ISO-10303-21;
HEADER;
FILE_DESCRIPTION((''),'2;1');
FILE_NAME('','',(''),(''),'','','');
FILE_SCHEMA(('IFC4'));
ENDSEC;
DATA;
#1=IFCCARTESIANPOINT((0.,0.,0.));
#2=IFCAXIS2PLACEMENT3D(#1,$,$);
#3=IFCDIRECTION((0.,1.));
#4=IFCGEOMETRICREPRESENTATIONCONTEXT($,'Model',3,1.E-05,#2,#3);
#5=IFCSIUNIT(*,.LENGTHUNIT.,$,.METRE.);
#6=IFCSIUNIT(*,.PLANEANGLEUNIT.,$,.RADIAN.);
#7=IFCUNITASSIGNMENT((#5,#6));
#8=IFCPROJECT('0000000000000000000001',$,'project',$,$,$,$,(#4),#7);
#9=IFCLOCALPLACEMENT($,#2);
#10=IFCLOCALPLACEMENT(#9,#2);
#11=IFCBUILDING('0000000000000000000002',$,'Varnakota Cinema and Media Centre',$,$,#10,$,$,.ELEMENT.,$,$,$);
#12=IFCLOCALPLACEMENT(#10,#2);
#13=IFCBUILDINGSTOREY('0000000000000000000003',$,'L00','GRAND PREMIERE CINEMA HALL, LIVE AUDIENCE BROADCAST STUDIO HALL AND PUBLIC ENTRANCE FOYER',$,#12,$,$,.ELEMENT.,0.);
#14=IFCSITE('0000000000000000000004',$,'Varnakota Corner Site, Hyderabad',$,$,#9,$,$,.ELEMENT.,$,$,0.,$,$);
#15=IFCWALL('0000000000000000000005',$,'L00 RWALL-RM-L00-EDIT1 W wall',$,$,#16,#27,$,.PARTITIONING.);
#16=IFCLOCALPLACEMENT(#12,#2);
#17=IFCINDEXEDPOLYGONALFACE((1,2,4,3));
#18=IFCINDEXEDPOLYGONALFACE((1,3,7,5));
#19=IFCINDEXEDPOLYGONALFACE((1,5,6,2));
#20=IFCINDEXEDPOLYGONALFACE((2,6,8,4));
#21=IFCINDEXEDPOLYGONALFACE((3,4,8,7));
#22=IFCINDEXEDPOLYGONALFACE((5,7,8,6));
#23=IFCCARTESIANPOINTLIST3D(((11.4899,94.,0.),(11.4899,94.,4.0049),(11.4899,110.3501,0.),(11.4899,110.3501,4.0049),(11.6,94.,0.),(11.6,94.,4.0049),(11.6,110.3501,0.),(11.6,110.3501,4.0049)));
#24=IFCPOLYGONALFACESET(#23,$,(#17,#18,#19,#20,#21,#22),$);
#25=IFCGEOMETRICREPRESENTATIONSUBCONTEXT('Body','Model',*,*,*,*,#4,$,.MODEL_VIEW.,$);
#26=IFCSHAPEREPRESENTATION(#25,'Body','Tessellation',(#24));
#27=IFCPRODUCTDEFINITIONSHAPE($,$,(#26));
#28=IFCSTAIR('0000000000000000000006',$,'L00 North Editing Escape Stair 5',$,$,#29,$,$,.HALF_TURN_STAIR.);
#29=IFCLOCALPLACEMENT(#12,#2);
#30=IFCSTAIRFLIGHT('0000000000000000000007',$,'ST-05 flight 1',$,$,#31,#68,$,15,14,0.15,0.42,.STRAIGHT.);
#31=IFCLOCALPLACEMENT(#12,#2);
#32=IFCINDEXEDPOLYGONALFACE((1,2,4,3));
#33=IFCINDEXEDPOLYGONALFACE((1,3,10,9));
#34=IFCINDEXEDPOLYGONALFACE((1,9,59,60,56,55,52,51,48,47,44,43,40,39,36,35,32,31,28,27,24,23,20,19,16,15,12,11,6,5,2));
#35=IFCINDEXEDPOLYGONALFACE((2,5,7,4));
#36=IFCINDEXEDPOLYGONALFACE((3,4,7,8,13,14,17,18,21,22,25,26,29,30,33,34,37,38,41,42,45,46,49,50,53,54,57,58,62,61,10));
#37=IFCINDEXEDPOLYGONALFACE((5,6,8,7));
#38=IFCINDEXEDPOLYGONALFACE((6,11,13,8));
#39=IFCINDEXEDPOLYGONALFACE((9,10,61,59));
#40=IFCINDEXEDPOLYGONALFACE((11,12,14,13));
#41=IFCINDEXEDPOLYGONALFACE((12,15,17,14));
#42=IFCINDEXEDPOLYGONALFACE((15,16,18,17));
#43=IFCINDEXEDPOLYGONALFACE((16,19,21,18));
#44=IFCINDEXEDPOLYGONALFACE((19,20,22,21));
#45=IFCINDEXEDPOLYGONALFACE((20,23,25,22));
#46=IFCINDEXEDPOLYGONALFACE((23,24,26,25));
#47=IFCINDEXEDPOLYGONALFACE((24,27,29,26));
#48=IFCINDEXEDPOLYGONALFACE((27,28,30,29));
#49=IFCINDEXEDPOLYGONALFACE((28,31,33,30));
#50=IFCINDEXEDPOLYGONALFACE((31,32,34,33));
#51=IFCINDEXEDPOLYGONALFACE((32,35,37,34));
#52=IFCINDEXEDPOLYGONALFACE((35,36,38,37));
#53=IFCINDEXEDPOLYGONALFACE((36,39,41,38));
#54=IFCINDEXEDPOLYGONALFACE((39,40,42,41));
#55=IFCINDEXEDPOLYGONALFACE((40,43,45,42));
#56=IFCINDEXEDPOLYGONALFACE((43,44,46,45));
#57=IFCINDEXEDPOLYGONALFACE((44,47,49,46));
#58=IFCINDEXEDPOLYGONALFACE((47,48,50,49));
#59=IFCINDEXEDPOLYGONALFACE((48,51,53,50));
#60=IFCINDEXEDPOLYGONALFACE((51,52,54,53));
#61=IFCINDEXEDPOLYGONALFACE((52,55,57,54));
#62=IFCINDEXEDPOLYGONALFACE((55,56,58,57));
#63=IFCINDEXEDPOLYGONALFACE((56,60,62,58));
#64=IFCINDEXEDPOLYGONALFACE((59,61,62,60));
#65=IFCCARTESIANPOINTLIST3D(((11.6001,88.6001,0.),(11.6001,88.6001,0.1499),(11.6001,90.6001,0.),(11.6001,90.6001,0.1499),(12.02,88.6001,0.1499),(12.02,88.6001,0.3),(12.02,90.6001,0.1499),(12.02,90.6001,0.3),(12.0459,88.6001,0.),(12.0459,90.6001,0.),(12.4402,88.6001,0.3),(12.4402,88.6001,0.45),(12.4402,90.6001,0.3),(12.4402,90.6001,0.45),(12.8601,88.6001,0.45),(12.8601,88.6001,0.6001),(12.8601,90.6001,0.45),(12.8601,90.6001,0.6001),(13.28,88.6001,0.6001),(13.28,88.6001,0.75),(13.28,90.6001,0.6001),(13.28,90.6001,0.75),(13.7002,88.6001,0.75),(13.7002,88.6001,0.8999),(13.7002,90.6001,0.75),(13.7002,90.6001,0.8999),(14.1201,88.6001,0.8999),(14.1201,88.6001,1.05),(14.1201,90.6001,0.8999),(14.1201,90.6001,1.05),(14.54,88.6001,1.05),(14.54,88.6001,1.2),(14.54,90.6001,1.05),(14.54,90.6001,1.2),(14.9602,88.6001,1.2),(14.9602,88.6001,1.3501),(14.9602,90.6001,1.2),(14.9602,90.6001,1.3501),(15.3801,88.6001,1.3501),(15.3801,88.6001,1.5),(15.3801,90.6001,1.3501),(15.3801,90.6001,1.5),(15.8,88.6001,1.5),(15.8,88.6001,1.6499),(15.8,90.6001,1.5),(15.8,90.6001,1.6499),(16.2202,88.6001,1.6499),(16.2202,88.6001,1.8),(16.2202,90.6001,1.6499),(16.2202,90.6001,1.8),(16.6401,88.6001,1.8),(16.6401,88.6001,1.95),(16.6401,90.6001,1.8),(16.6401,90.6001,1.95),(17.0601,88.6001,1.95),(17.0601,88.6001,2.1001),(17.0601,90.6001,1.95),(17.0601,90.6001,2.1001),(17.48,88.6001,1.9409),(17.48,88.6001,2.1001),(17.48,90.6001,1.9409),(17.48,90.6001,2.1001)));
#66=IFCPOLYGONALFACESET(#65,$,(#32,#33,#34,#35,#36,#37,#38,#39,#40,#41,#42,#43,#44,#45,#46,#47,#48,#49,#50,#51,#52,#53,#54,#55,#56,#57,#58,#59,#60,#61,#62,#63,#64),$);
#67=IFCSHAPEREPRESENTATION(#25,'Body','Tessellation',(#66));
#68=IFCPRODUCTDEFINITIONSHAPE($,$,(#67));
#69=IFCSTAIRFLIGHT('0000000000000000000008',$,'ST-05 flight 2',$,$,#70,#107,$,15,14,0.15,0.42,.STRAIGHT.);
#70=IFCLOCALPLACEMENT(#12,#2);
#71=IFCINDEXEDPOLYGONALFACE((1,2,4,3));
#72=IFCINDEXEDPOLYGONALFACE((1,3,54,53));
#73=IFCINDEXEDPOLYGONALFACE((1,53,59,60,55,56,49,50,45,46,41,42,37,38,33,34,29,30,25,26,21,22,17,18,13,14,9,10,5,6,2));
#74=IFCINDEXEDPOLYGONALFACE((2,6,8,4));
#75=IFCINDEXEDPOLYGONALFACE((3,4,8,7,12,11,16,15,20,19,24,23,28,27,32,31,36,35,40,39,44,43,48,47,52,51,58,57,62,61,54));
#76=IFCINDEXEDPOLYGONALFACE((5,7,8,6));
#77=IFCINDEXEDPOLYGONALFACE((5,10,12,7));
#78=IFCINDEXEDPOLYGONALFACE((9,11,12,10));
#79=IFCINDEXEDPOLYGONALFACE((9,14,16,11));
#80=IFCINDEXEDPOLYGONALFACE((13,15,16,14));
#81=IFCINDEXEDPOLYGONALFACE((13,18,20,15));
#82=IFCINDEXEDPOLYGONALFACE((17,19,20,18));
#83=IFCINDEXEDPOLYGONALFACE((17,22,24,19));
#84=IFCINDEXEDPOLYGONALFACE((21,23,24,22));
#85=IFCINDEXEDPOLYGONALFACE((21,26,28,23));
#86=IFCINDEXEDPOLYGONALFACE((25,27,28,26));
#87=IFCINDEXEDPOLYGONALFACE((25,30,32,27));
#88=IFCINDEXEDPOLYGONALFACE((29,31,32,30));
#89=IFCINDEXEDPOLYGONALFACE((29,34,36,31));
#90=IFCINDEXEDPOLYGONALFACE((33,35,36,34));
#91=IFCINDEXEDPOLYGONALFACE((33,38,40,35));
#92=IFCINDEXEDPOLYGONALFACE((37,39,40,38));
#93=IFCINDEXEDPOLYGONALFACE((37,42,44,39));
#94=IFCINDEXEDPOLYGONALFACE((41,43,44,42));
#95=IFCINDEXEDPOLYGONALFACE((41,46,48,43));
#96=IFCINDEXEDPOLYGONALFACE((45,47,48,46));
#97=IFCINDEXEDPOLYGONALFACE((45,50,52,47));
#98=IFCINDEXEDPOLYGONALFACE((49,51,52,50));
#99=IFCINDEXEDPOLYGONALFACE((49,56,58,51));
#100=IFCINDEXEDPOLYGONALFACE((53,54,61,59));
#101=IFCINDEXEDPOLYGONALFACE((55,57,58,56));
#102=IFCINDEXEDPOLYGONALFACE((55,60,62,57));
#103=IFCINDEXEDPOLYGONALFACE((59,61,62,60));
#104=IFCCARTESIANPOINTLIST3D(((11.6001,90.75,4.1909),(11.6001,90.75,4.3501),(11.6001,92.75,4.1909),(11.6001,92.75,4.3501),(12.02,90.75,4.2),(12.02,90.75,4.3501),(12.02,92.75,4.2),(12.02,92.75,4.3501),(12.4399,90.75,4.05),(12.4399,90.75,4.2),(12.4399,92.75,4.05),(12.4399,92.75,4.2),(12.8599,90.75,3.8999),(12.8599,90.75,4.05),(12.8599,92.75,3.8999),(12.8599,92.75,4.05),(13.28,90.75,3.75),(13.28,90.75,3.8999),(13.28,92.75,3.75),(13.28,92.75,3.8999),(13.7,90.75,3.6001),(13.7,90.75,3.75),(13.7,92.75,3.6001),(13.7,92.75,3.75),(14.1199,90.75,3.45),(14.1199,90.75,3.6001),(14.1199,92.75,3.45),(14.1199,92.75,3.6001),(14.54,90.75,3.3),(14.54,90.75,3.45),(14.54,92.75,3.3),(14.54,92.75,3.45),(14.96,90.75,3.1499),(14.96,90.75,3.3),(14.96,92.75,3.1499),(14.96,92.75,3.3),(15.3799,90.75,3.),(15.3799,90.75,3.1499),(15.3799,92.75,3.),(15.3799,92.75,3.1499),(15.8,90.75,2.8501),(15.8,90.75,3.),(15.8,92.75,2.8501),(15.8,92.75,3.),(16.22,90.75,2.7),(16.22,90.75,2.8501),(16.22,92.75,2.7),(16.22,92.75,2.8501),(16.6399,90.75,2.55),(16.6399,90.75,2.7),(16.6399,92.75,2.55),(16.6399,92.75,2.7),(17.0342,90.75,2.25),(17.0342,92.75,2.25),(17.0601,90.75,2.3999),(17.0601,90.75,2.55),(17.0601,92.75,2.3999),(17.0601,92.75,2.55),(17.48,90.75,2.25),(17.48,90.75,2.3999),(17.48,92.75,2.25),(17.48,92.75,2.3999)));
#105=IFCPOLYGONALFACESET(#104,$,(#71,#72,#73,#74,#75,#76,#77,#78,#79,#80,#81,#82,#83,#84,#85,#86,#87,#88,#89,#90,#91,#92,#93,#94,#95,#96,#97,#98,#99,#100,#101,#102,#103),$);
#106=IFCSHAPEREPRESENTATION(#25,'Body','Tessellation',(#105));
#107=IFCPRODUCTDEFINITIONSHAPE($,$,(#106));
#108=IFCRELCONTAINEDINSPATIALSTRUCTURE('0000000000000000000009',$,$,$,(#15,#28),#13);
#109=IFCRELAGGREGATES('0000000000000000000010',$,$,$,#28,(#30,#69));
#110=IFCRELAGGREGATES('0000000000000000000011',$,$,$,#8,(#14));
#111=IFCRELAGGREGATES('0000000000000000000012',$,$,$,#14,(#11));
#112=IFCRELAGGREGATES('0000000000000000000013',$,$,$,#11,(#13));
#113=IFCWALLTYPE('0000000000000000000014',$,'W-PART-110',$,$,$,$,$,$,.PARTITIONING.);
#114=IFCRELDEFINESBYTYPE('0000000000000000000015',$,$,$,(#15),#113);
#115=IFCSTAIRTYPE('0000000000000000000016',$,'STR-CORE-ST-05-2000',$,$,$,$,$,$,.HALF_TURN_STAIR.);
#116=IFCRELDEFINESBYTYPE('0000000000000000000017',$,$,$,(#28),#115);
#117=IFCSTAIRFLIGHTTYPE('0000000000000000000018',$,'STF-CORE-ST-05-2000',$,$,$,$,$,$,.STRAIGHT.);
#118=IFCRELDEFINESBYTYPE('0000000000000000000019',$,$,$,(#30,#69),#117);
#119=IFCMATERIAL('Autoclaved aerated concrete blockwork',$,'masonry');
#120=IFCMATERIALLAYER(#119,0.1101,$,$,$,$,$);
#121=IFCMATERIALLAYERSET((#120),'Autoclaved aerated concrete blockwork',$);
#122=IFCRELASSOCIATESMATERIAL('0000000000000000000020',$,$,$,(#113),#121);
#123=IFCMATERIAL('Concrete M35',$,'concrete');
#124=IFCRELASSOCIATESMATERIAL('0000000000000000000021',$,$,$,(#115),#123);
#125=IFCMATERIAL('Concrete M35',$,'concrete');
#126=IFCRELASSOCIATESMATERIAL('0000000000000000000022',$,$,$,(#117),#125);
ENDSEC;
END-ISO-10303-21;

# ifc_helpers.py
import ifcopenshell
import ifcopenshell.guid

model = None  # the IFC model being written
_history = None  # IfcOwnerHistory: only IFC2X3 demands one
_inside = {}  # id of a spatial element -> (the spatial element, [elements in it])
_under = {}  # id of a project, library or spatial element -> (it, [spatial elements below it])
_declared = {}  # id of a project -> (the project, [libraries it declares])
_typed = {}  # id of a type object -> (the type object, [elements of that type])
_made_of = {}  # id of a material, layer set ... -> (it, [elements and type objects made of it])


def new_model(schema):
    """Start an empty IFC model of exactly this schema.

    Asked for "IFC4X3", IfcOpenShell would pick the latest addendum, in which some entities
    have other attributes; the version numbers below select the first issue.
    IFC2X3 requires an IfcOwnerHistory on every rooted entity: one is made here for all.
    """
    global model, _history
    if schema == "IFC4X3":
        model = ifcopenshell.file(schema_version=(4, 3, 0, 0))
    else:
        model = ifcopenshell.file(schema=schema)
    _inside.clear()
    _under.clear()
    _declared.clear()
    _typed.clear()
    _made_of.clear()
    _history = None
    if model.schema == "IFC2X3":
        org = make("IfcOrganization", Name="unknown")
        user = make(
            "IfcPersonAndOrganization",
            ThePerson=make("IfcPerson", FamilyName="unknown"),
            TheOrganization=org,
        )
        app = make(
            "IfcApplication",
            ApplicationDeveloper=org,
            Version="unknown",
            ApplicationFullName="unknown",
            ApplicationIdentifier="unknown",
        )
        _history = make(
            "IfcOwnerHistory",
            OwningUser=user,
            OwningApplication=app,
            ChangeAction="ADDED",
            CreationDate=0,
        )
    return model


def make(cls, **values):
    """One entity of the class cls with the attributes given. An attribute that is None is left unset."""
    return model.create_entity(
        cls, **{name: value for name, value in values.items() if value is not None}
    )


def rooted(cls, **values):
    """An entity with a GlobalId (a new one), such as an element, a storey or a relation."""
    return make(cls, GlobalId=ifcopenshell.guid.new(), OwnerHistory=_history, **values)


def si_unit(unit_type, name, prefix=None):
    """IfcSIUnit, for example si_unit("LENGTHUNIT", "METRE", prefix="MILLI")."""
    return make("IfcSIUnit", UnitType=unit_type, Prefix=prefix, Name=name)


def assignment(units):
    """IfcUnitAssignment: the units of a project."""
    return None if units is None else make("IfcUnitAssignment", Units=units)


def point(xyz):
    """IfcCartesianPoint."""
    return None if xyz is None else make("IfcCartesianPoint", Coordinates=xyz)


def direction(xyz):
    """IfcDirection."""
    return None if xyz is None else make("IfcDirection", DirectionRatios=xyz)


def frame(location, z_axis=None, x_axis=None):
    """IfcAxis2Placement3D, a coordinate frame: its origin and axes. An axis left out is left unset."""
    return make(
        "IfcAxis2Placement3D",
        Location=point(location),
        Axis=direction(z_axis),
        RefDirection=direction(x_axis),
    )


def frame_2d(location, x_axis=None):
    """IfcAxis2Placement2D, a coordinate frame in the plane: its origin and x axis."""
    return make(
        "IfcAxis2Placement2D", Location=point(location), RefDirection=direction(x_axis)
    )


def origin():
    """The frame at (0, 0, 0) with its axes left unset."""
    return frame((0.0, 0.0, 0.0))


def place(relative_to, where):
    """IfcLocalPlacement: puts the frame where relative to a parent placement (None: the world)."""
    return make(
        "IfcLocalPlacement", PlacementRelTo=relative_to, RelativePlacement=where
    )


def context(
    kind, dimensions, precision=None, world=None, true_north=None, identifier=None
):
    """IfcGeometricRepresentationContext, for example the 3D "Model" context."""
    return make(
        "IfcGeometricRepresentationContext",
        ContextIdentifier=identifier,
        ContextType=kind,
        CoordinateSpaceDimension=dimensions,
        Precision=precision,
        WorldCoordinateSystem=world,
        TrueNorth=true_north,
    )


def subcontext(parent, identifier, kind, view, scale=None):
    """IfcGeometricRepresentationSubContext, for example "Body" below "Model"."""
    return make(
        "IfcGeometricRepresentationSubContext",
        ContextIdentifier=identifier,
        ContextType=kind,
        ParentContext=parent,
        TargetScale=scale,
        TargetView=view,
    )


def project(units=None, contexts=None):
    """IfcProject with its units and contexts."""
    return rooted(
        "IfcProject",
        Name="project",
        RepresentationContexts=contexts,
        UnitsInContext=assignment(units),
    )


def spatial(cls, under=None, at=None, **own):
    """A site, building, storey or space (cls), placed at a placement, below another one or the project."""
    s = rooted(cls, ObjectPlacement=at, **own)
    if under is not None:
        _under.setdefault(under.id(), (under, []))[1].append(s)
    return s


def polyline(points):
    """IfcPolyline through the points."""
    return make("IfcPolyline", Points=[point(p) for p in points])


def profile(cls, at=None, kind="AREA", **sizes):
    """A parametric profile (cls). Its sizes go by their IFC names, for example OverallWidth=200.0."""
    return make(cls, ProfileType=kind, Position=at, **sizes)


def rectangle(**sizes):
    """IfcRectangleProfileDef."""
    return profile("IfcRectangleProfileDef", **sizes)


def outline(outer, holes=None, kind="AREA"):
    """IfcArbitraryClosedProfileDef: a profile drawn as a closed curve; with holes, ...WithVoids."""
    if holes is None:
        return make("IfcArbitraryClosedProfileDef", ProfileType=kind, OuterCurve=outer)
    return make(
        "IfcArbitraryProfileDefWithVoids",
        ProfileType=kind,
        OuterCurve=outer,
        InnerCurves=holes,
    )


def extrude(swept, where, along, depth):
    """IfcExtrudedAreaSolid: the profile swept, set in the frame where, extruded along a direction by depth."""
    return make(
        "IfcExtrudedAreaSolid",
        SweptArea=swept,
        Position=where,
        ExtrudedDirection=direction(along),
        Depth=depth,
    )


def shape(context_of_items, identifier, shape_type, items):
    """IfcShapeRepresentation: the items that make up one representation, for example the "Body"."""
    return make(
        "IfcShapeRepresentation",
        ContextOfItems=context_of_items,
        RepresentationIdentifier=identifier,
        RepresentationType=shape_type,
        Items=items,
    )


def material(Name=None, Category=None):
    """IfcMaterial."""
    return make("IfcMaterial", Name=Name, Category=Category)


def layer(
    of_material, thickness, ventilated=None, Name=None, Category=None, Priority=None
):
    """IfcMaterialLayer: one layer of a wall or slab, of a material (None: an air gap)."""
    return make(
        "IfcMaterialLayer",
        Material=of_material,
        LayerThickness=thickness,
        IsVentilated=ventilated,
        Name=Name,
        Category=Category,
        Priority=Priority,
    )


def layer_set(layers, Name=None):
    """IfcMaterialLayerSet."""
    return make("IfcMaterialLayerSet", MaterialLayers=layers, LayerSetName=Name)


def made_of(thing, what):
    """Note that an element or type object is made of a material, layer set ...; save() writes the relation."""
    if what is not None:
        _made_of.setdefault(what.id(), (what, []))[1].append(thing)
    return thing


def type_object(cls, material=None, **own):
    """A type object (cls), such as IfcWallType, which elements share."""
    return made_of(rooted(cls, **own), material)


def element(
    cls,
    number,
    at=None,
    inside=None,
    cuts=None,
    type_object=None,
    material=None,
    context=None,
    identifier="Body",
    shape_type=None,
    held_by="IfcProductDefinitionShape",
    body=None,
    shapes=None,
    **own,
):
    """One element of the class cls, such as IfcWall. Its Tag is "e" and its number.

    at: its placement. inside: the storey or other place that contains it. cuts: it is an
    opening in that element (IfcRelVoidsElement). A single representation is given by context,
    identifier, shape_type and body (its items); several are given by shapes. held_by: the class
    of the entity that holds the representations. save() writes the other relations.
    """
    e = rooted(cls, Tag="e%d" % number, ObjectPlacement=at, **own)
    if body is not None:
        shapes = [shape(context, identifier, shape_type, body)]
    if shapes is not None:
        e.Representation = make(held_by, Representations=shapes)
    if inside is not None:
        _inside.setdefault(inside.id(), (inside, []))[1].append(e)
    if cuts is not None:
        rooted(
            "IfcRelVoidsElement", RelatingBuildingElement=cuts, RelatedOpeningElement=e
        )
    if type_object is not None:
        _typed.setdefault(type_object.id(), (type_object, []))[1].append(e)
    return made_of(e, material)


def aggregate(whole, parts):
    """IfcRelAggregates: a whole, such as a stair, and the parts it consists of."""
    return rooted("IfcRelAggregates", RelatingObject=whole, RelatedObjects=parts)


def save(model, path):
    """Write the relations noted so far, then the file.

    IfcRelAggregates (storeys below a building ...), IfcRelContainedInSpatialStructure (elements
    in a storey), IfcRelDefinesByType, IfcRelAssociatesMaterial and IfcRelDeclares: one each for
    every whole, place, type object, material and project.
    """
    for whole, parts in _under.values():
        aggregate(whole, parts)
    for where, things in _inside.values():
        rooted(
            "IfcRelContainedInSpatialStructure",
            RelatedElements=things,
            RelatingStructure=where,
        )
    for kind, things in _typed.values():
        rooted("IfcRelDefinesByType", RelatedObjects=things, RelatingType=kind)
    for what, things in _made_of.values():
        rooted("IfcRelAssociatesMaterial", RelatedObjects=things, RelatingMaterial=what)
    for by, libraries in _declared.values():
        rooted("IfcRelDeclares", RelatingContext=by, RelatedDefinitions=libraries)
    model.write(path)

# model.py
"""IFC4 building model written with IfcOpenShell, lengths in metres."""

from ifc_helpers import new_model, si_unit, direction, frame, frame_2d, origin, place, context, subcontext, project, spatial, polyline, rectangle, outline, extrude, material, layer, layer_set, type_object, element, aggregate, save


model = new_model("IFC4")

# Units and contexts
model_context = context("Model", 3, precision=1e-05, world=origin(), true_north=direction((0.0, 1.0)))
body_context = subcontext(model_context, "Body", "Model", "MODEL_VIEW")
ifc_project = project(units=[si_unit("LENGTHUNIT", "METRE"), si_unit("PLANEANGLEUNIT", "RADIAN")], contexts=[model_context])

# Site, building, storey
site_placement = place(None, origin())
site = spatial("IfcSite", under=ifc_project, at=site_placement, Name="Varnakota Corner Site, Hyderabad", CompositionType="ELEMENT", RefElevation=0.0)
building_placement = place(site_placement, origin())
building = spatial("IfcBuilding", under=site, at=building_placement, Name="Varnakota Cinema and Media Centre", CompositionType="ELEMENT")
storey_placement = place(building_placement, origin())
storey = spatial("IfcBuildingStorey", under=building, at=storey_placement, Name="L00", Description="GRAND PREMIERE CINEMA HALL, LIVE AUDIENCE BROADCAST STUDIO HALL AND PUBLIC ENTRANCE FOYER", CompositionType="ELEMENT", Elevation=0.0)

# Wall
ifc_material_1 = material(Name="Autoclaved aerated concrete blockwork", Category="masonry")
ifc_layer_1 = layer(ifc_material_1, 0.1101)
ifc_layer_set_1 = layer_set([ifc_layer_1], Name="Autoclaved aerated concrete blockwork")
wall_type_1 = type_object("IfcWallType", Name="W-PART-110", PredefinedType="PARTITIONING", material=ifc_layer_set_1)
wall_1_placement = place(storey_placement, frame((11.5449, 94.0, 0.0), z_axis=(0.0, 0.0, 1.0), x_axis=(0.0, 1.0, 0.0)))
element("IfcWall", 1, at=wall_1_placement, inside=storey, type_object=wall_type_1, Name="L00 RWALL-RM-L00-EDIT1 W wall", PredefinedType="PARTITIONING", context=body_context, shape_type="SweptSolid", body=[
    extrude(rectangle(XDim=16.3501, YDim=0.1101, at=frame_2d((8.175, 0.0))), origin(), (0.0, 0.0, 1.0), 4.0049),
])

# Stair, stair flights
ifc_material_2 = material(Name="Concrete M35", Category="concrete")
stair_type = type_object("IfcStairType", Name="STR-CORE-ST-05-2000", PredefinedType="HALF_TURN_STAIR", material=ifc_material_2)
stair_placement = place(storey_placement, origin())
stair = element("IfcStair", 2, at=stair_placement, inside=storey, type_object=stair_type, Name="L00 North Editing Escape Stair 5", PredefinedType="HALF_TURN_STAIR")
ifc_material_3 = material(Name="Concrete M35", Category="concrete")
stair_flight_type = type_object("IfcStairFlightType", Name="STF-CORE-ST-05-2000", PredefinedType="STRAIGHT", material=ifc_material_3)
stair_flight_1_placement = place(storey_placement, frame((11.6001, 89.6001, 0.0), z_axis=(0.0, 0.0, 1.0), x_axis=(1.0, 0.0, 0.0)))
stair_flight_1 = element("IfcStairFlight", 3, at=stair_flight_1_placement, type_object=stair_flight_type, Name="ST-05 flight 1", NumberOfRisers=15, NumberOfTreads=14, PredefinedType="STRAIGHT", RiserHeight=0.15, TreadLength=0.42, context=body_context, shape_type="SweptSolid", body=[
    extrude(outline(polyline([(0.0, 0.0), (0.0, 0.1499), (0.4199, 0.1499), (0.4199, 0.3), (0.8401, 0.3), (0.8401, 0.45), (1.26, 0.45), (1.26, 0.6001), (1.6799, 0.6001), (1.6799, 0.75), (2.1001, 0.75), (2.1001, 0.8999), (2.52, 0.8999), (2.52, 1.05), (2.9399, 1.05), (2.9399, 1.2), (3.3601, 1.2), (3.3601, 1.3501), (3.78, 1.3501), (3.78, 1.5), (4.2, 1.5), (4.2, 1.6499), (4.6201, 1.6499), (4.6201, 1.8), (5.04, 1.8), (5.04, 1.95), (5.46, 1.95), (5.46, 2.1001), (5.8799, 2.1001), (5.8799, 2.25), (5.8799, 1.9409), (0.4458, 0.0), (0.0, 0.0)])), frame((0.0, 1.0, 0.0), z_axis=(0.0, -1.0, 0.0), x_axis=(1.0, 0.0, 0.0)), (0.0, 0.0, 1.0), 2.0),
])
stair_flight_2_placement = place(storey_placement, frame((17.48, 91.75, 2.25), z_axis=(0.0, 0.0, 1.0), x_axis=(-1.0, 0.0, 0.0)))
stair_flight_2 = element("IfcStairFlight", 4, at=stair_flight_2_placement, type_object=stair_flight_type, Name="ST-05 flight 2", NumberOfRisers=15, NumberOfTreads=14, PredefinedType="STRAIGHT", RiserHeight=0.15, TreadLength=0.42, context=body_context, shape_type="SweptSolid", body=[
    extrude(outline(polyline([(0.0, 0.0), (0.0, 0.1499), (0.4199, 0.1499), (0.4199, 0.3), (0.8401, 0.3), (0.8401, 0.45), (1.26, 0.45), (1.26, 0.6001), (1.6799, 0.6001), (1.6799, 0.75), (2.1001, 0.75), (2.1001, 0.8999), (2.52, 0.8999), (2.52, 1.05), (2.9399, 1.05), (2.9399, 1.2), (3.3601, 1.2), (3.3601, 1.3501), (3.78, 1.3501), (3.78, 1.5), (4.2, 1.5), (4.2, 1.6499), (4.6201, 1.6499), (4.6201, 1.8), (5.04, 1.8), (5.04, 1.95), (5.46, 1.95), (5.46, 2.1001), (5.8799, 2.1001), (5.8799, 2.25), (5.8799, 1.9409), (0.4458, 0.0), (0.0, 0.0)])), frame((0.0, 1.0, 0.0), z_axis=(0.0, -1.0, 0.0), x_axis=(1.0, 0.0, 0.0)), (0.0, 0.0, 1.0), 2.0),
])
aggregate(stair, [stair_flight_1, stair_flight_2])

save(model, "model.ifc")
